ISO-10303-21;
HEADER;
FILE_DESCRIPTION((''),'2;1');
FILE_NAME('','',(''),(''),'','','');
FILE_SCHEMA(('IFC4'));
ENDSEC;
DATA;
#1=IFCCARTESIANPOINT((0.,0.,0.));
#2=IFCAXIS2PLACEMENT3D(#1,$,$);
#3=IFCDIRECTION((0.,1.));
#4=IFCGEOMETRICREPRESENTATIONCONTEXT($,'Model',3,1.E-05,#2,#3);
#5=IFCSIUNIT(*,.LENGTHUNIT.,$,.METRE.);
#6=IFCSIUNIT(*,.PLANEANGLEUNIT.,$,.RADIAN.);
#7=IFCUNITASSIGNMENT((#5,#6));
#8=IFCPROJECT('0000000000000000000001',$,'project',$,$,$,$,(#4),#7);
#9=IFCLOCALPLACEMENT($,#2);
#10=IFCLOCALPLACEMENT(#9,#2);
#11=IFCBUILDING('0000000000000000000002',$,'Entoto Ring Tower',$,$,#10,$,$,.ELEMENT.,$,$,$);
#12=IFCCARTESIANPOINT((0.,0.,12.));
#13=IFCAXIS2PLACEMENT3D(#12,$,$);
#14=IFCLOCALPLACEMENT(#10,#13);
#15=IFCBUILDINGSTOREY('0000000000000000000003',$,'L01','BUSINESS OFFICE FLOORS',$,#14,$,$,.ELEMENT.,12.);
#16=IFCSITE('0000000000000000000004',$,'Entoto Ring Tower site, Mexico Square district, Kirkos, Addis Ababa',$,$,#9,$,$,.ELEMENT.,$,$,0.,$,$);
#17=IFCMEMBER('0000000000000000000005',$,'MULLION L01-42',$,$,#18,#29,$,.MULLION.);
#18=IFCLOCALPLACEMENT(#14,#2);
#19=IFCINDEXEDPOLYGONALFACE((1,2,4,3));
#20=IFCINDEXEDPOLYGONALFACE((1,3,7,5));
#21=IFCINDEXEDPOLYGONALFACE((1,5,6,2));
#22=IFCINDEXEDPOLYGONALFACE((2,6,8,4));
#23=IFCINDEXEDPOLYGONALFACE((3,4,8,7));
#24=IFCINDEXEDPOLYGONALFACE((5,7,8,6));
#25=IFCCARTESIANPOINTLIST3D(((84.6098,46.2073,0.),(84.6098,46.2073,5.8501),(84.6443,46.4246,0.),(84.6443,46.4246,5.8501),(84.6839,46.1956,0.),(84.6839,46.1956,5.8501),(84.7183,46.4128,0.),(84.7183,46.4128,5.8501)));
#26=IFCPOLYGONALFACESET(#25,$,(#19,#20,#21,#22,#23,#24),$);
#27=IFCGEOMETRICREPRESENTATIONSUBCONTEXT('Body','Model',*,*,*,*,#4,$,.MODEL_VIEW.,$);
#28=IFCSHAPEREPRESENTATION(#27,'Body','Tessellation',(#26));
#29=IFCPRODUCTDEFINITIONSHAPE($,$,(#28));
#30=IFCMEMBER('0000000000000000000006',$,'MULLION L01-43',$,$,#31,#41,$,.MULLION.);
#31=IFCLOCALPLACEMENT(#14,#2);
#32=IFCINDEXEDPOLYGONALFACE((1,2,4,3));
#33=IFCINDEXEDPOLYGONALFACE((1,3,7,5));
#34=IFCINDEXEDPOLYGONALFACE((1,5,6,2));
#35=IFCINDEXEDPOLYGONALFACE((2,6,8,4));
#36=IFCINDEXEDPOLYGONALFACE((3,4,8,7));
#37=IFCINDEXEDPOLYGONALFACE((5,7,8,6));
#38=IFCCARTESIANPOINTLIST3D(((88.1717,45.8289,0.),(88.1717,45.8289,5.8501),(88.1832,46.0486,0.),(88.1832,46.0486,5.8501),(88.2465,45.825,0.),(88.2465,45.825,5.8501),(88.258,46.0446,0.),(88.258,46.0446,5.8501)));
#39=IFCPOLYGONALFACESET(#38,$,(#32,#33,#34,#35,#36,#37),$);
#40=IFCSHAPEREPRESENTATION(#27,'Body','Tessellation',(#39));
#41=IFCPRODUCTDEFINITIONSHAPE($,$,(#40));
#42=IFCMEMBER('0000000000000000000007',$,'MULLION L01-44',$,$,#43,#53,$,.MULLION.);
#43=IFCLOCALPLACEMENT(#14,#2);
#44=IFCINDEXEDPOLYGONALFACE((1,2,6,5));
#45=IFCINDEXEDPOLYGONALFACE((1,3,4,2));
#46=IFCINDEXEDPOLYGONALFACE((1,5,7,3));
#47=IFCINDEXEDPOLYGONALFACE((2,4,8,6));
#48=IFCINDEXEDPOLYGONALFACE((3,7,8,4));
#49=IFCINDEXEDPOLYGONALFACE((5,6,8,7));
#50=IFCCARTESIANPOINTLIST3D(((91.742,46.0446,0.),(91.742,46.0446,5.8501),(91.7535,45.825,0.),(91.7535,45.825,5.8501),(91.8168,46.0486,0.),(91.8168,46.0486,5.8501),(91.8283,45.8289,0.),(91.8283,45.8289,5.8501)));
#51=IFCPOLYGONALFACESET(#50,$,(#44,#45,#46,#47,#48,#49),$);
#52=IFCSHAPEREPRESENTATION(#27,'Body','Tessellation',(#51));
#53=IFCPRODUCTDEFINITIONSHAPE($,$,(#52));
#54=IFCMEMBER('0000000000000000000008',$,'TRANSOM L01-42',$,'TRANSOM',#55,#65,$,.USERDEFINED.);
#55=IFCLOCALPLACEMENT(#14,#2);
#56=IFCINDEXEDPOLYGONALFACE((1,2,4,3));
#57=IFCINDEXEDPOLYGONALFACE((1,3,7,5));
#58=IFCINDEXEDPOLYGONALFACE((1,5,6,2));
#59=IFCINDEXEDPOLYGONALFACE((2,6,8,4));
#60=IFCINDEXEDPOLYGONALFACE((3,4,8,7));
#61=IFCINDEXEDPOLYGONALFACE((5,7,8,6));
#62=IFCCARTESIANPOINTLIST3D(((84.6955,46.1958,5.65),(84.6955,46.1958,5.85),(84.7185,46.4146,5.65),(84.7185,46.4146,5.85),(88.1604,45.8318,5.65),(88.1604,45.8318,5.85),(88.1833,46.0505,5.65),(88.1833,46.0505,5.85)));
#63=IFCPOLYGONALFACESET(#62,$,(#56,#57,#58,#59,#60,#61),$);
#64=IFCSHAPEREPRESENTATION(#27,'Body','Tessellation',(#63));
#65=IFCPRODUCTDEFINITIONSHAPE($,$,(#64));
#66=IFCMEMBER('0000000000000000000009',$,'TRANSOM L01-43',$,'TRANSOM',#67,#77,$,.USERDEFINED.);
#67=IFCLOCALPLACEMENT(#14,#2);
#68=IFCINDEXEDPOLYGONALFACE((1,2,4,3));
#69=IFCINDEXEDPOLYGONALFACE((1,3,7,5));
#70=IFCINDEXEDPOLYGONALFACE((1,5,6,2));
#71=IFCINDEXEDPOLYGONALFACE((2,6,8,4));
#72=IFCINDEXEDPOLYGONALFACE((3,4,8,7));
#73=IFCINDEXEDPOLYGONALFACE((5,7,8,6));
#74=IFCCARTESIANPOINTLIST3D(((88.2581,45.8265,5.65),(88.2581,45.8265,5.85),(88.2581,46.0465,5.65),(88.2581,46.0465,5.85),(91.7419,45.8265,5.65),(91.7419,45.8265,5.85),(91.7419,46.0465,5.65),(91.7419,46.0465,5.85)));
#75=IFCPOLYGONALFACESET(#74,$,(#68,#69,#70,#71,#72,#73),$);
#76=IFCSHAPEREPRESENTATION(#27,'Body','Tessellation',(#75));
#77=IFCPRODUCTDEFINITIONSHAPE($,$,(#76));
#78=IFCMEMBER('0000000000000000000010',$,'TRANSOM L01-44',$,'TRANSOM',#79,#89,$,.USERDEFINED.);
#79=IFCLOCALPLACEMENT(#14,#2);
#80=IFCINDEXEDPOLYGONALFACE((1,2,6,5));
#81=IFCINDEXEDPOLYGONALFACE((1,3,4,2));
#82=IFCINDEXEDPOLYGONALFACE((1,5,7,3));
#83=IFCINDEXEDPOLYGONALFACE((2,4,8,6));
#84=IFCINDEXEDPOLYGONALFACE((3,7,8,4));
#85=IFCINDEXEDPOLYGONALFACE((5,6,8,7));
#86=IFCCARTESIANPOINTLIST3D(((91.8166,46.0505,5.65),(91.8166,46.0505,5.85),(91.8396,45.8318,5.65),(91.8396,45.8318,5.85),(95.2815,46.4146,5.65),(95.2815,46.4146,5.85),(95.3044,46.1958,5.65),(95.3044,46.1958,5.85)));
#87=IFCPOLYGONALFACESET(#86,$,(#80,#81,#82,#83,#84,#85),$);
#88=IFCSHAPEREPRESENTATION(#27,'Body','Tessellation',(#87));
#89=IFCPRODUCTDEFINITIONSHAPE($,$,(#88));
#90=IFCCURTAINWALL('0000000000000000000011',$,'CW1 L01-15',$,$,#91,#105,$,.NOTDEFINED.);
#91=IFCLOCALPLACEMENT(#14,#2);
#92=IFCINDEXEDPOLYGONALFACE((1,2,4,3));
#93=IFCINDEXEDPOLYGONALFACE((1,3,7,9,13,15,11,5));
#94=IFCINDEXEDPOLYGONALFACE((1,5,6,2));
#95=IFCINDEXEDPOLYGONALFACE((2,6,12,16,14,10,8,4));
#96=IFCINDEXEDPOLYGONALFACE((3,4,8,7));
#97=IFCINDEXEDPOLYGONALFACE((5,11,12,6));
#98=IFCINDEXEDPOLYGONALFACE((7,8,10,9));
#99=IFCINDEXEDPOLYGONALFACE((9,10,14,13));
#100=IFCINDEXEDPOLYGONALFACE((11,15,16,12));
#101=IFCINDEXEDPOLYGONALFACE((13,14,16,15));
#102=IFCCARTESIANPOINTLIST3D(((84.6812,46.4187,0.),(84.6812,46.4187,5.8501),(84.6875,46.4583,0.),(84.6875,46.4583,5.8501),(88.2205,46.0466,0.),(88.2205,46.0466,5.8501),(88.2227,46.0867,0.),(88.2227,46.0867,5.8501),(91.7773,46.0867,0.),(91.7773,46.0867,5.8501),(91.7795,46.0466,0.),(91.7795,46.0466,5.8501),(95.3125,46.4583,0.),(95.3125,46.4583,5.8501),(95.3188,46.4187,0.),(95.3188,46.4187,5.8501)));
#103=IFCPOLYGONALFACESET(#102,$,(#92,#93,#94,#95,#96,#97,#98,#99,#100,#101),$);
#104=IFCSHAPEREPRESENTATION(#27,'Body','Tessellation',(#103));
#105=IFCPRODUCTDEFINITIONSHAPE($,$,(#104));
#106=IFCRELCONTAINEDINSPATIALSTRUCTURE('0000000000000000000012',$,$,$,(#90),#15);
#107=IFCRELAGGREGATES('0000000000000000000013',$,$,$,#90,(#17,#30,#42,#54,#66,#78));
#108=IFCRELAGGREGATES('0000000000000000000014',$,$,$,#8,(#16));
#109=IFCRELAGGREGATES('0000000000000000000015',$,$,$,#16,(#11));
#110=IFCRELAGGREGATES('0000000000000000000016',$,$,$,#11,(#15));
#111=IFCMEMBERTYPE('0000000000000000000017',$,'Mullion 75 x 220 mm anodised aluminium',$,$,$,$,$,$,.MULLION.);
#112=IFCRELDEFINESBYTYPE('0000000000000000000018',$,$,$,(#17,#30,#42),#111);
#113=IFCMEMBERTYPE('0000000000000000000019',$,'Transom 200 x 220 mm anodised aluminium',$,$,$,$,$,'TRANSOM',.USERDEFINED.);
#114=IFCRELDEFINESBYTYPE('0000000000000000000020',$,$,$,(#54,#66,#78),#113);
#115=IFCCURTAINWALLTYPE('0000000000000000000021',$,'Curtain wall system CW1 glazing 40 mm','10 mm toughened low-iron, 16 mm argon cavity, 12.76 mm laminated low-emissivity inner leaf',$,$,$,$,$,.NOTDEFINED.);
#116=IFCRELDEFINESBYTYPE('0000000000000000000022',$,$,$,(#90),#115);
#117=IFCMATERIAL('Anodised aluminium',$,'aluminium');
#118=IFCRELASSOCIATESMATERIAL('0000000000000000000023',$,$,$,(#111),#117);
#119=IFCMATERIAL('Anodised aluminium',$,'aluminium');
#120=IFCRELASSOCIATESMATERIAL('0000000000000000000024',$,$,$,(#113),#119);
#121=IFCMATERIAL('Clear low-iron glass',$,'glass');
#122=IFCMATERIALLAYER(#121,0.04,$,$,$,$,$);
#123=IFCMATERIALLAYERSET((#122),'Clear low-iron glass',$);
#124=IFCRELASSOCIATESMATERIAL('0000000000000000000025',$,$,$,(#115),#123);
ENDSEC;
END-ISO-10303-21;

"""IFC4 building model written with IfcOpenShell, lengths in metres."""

from ifc_helpers import new_model, si_unit, direction, frame, origin, origin_2d, place, context, subcontext, project, spatial, polyline, rectangle, outline, extrude, material, layer, layer_set, material_profile, profile_set, type_object, element, aggregate, save


model = new_model("IFC4")

# Units and contexts
model_context = context("Model", 3, precision=1e-05, world=origin(), true_north=direction((0.0, 1.0)))
body_context = subcontext(model_context, "Body", "Model", "MODEL_VIEW")
ifc_project = project(units=[si_unit("LENGTHUNIT", "METRE"), si_unit("PLANEANGLEUNIT", "RADIAN")], contexts=[model_context])

# Members
ifc_material_1 = material(Name="Anodised aluminium", Category="aluminium")
ifc_material_profile_1 = material_profile(ifc_material_1, rectangle(XDim=0.075, YDim=0.22, at=origin_2d()), Name="Mullion 75 x 220 mm anodised aluminium")
ifc_profile_set_1 = profile_set([ifc_material_profile_1], Name="Anodised aluminium")
member_type_1 = type_object("IfcMemberType", Name="Mullion 75 x 220 mm anodised aluminium", PredefinedType="MULLION", material=ifc_profile_set_1)
site_placement = place(None, origin())
building_placement = place(site_placement, origin())
storey_placement = place(building_placement, frame((0.0, 0.0, 12.0)))
member_1_placement = place(storey_placement, frame((84.6641, 46.3101, 0.0), z_axis=(0.0, 0.0, 1.0), x_axis=(0.987688, -0.156434, 0.0)))
member_1 = element("IfcMember", 1, at=member_1_placement, type_object=member_type_1, Name="MULLION L01-42", PredefinedType="MULLION", context=body_context, shape_type="SweptSolid", body=[
    extrude(rectangle(XDim=0.075, YDim=0.22, at=origin_2d()), origin(), (0.0, 0.0, 1.0), 5.8501),
])
member_2_placement = place(storey_placement, frame((88.2148, 45.9368, 0.0), z_axis=(0.0, 0.0, 1.0), x_axis=(0.99863, -0.052336, 0.0)))
member_2 = element("IfcMember", 2, at=member_2_placement, type_object=member_type_1, Name="MULLION L01-43", PredefinedType="MULLION", context=body_context, shape_type="SweptSolid", body=[
    extrude(rectangle(XDim=0.075, YDim=0.22, at=origin_2d()), origin(), (0.0, 0.0, 1.0), 5.8501),
])
member_3_placement = place(storey_placement, frame((91.7852, 45.9368, 0.0), z_axis=(0.0, 0.0, 1.0), x_axis=(0.99863, 0.052336, 0.0)))
member_3 = element("IfcMember", 3, at=member_3_placement, type_object=member_type_1, Name="MULLION L01-44", PredefinedType="MULLION", context=body_context, shape_type="SweptSolid", body=[
    extrude(rectangle(XDim=0.075, YDim=0.22, at=origin_2d()), origin(), (0.0, 0.0, 1.0), 5.8501),
])
ifc_material_2 = material(Name="Anodised aluminium", Category="aluminium")
ifc_material_profile_2 = material_profile(ifc_material_2, rectangle(XDim=0.22, YDim=0.2, at=origin_2d()), Name="Transom 200 x 220 mm anodised aluminium")
ifc_profile_set_2 = profile_set([ifc_material_profile_2], Name="Anodised aluminium")
member_type_2 = type_object("IfcMemberType", Name="Transom 200 x 220 mm anodised aluminium", ElementType="TRANSOM", PredefinedType="USERDEFINED", material=ifc_profile_set_2)
member_4_placement = place(storey_placement, frame((84.707, 46.3052, 5.75), z_axis=(0.994527, -0.104484, 0.0), x_axis=(0.104484, 0.994527, 0.0)))
member_4 = element("IfcMember", 4, at=member_4_placement, type_object=member_type_2, Name="TRANSOM L01-42", ObjectType="TRANSOM", PredefinedType="USERDEFINED", context=body_context, shape_type="SweptSolid", body=[
    extrude(rectangle(XDim=0.22, YDim=0.2, at=origin_2d()), origin(), (0.0, 0.0, 1.0), 3.4839),
])
member_5_placement = place(storey_placement, frame((88.2581, 45.9365, 5.75), z_axis=(1.0, 0.0, 0.0), x_axis=(0.0, 1.0, 0.0)))
member_5 = element("IfcMember", 5, at=member_5_placement, type_object=member_type_2, Name="TRANSOM L01-43", ObjectType="TRANSOM", PredefinedType="USERDEFINED", context=body_context, shape_type="SweptSolid", body=[
    extrude(rectangle(XDim=0.22, YDim=0.2, at=origin_2d()), origin(), (0.0, 0.0, 1.0), 3.4839),
])
member_6_placement = place(storey_placement, frame((91.8281, 45.9412, 5.75), z_axis=(0.994527, 0.104484, 0.0), x_axis=(-0.104484, 0.994527, 0.0)))
member_6 = element("IfcMember", 6, at=member_6_placement, type_object=member_type_2, Name="TRANSOM L01-44", ObjectType="TRANSOM", PredefinedType="USERDEFINED", context=body_context, shape_type="SweptSolid", body=[
    extrude(rectangle(XDim=0.22, YDim=0.2, at=origin_2d()), origin(), (0.0, 0.0, 1.0), 3.4839),
])

# Site, building, storey
site = spatial("IfcSite", under=ifc_project, at=site_placement, Name="Entoto Ring Tower site, Mexico Square district, Kirkos, Addis Ababa", CompositionType="ELEMENT", RefElevation=0.0)
building = spatial("IfcBuilding", under=site, at=building_placement, Name="Entoto Ring Tower", CompositionType="ELEMENT")
storey = spatial("IfcBuildingStorey", under=building, at=storey_placement, Name="L01", Description="BUSINESS OFFICE FLOORS", CompositionType="ELEMENT", Elevation=12.0)

# Curtain wall
ifc_material_3 = material(Name="Clear low-iron glass", Category="glass")
ifc_layer = layer(ifc_material_3, 0.04)
ifc_layer_set = layer_set([ifc_layer], Name="Clear low-iron glass")
curtain_wall_type = type_object("IfcCurtainWallType", Name="Curtain wall system CW1 glazing 40 mm", Description="10 mm toughened low-iron, 16 mm argon cavity, 12.76 mm laminated low-emissivity inner leaf", PredefinedType="NOTDEFINED", material=ifc_layer_set)
curtain_wall_1_placement = place(storey_placement, origin())
curtain_wall_1 = element("IfcCurtainWall", 7, at=curtain_wall_1_placement, inside=storey, type_object=curtain_wall_type, Name="CW1 L01-15", PredefinedType="NOTDEFINED", context=body_context, shape_type="SweptSolid", body=[
    extrude(outline(polyline([(84.6812, 46.4187), (88.2205, 46.0466), (91.7795, 46.0466), (95.3188, 46.4187), (95.3125, 46.4583), (91.7773, 46.0867), (88.2227, 46.0867), (84.6875, 46.4583), (84.6812, 46.4187)])), origin(), (0.0, 0.0, 1.0), 5.8501),
])
aggregate(curtain_wall_1, [member_1, member_2, member_3, member_4, member_5, member_6])

save(model, "model.ifc")
